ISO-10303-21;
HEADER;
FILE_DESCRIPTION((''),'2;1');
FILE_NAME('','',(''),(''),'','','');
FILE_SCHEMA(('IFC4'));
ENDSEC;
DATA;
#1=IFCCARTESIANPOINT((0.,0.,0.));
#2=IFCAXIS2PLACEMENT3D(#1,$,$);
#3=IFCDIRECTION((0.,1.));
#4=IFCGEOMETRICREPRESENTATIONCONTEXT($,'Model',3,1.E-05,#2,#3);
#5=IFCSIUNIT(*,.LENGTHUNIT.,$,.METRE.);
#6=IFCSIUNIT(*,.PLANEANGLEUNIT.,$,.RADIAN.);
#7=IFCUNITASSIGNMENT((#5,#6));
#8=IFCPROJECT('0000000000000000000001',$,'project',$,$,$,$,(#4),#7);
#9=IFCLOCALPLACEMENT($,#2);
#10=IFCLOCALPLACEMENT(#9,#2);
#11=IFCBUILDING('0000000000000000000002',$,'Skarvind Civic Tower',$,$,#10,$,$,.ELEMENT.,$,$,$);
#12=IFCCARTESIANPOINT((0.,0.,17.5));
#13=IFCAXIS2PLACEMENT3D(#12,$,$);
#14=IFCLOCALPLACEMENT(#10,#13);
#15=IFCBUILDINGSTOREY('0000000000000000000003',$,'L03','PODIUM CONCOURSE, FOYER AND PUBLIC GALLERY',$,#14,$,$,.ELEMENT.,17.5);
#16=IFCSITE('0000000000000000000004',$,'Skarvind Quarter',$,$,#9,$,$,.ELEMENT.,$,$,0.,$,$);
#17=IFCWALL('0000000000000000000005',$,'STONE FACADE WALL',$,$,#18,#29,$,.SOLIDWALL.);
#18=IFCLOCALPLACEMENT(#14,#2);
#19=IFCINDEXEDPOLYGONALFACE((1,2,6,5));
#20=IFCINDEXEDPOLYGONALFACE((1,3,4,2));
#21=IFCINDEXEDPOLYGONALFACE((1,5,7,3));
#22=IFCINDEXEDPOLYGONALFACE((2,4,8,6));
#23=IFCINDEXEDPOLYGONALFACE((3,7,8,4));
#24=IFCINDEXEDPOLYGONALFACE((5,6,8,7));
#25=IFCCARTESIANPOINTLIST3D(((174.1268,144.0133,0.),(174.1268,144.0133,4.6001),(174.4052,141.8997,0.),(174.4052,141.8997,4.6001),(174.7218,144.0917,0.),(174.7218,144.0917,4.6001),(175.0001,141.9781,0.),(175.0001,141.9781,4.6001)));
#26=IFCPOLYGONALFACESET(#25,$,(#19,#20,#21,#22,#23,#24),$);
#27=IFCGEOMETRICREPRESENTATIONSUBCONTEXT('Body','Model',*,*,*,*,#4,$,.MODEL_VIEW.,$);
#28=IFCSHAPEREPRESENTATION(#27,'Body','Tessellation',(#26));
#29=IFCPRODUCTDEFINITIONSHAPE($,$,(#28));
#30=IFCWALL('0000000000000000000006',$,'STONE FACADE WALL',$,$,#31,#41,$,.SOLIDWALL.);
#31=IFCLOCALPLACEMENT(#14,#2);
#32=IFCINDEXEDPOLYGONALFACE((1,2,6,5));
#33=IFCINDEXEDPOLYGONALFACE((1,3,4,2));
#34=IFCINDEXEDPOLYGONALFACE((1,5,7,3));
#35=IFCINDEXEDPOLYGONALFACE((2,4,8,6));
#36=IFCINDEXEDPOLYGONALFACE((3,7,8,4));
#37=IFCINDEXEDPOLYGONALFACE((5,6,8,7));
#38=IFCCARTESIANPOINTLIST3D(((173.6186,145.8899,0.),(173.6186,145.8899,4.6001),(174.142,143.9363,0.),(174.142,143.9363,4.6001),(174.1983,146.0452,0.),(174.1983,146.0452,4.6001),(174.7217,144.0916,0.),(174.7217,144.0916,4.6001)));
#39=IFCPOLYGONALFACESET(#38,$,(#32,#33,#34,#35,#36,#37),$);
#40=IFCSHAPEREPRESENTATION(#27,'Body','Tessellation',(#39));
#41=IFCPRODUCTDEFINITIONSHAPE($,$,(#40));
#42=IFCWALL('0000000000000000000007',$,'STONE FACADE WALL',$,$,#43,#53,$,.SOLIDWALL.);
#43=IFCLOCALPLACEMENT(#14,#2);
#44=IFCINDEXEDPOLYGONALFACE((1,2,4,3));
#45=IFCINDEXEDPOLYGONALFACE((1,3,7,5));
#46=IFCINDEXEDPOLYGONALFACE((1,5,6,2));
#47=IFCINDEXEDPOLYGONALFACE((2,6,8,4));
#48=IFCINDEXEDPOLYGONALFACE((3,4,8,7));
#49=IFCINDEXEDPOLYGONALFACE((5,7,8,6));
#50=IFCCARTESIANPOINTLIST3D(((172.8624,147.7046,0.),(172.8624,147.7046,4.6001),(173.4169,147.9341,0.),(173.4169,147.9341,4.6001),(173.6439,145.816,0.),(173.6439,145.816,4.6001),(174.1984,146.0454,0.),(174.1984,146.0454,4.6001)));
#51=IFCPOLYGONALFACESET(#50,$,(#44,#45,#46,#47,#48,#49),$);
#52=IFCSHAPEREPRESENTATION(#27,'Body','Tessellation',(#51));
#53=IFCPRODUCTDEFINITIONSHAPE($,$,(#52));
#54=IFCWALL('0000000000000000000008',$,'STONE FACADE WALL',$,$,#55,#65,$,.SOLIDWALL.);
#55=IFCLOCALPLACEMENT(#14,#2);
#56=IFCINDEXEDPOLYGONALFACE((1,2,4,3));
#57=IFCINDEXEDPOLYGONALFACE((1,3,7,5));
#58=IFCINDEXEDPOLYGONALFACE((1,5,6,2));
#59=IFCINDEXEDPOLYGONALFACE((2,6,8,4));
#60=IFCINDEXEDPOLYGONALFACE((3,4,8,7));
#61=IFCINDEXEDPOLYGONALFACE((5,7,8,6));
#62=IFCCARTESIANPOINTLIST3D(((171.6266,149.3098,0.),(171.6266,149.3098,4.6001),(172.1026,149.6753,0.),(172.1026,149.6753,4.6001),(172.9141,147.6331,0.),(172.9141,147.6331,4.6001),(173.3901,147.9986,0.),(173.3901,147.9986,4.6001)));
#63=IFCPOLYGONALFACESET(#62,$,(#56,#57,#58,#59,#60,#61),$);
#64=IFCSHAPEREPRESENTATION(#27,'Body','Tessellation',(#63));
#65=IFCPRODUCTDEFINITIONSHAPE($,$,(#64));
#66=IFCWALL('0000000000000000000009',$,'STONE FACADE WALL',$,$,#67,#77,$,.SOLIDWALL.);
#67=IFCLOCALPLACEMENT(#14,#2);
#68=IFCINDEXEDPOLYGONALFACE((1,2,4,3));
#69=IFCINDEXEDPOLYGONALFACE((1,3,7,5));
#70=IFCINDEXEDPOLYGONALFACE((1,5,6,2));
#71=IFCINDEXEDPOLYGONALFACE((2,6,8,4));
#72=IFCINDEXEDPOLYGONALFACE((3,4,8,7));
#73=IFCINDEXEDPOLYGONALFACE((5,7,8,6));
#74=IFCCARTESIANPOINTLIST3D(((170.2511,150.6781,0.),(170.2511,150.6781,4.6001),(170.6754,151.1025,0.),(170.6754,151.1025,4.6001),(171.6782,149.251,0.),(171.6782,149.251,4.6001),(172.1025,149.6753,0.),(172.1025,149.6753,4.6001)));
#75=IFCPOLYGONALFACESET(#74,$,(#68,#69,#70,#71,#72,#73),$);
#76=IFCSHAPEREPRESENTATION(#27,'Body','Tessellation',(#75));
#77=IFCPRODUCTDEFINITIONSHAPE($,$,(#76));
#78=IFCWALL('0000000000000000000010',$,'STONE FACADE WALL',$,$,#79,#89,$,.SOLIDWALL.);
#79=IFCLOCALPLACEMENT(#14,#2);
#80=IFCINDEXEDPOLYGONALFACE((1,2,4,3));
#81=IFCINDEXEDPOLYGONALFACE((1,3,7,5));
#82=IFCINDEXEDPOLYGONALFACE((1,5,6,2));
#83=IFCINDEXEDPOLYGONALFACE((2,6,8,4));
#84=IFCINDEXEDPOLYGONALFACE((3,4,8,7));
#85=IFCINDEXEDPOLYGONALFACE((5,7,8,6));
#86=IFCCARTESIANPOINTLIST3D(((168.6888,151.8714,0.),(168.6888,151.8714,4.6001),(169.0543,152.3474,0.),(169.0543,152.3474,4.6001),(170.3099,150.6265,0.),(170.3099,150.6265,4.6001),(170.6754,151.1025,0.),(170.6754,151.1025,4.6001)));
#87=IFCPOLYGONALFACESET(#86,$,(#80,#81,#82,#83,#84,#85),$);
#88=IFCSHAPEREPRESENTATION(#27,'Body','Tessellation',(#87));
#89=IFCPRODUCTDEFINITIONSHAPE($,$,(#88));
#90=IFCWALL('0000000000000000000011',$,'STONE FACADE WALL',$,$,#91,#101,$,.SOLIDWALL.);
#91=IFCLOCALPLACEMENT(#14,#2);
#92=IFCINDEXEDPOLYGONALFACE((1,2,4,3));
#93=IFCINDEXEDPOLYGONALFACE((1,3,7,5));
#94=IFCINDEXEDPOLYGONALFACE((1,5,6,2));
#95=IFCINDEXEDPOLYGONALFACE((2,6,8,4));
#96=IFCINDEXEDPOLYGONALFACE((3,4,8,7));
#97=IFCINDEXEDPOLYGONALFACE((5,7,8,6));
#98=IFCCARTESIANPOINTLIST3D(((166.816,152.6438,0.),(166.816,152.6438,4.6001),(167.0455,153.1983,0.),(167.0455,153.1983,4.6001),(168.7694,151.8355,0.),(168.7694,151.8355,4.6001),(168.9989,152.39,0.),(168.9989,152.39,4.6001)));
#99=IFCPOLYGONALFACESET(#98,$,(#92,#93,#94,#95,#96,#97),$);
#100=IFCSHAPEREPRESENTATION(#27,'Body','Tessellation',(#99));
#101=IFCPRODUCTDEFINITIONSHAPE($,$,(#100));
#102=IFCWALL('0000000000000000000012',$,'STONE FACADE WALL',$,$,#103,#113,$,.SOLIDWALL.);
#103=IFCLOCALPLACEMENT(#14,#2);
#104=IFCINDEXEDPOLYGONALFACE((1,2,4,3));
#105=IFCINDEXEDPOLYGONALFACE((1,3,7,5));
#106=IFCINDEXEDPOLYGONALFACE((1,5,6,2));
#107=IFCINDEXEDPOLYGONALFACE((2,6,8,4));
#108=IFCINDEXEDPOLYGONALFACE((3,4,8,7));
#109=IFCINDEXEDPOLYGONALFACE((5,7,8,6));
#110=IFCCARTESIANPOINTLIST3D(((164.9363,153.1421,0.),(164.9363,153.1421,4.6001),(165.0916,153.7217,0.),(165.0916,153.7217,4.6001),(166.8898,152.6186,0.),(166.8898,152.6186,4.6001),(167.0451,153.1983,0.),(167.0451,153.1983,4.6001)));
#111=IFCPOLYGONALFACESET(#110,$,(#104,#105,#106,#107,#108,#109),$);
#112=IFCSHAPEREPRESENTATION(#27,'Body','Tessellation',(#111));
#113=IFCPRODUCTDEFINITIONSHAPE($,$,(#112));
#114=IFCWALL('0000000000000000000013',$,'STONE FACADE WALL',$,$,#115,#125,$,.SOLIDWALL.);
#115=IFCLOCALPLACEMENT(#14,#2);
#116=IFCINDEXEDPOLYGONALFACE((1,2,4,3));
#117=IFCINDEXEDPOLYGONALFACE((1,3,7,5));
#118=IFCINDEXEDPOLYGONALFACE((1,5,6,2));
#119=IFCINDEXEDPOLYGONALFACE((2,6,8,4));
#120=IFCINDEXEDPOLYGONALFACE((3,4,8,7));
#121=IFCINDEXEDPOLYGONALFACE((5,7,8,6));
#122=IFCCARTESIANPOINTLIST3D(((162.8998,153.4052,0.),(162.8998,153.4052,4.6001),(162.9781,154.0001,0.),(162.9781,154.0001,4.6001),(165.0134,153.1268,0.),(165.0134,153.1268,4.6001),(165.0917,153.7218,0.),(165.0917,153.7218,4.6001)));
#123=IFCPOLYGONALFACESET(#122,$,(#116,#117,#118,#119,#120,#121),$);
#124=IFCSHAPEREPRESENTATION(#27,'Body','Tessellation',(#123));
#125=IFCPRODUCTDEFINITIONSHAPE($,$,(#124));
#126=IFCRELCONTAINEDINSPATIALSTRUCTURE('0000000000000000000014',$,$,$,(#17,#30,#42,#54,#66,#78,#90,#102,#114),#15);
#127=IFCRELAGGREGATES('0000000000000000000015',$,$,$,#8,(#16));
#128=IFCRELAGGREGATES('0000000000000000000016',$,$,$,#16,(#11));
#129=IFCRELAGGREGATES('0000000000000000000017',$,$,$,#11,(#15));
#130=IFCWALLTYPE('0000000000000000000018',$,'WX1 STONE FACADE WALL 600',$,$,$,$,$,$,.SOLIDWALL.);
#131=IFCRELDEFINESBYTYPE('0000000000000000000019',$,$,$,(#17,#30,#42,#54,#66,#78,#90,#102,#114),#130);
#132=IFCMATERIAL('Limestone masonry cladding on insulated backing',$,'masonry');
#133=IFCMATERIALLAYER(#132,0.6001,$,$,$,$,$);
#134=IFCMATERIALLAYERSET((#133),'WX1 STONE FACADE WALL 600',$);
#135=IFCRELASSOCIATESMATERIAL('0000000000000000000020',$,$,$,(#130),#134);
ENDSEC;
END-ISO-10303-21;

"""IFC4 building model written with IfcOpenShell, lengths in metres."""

from ifc_helpers import new_model, si_unit, direction, frame, frame_2d, origin, place, context, subcontext, project, spatial, rectangle, extrude, material, layer, layer_set, type_object, element, save


model = new_model("IFC4")

# Units and contexts
model_context = context("Model", 3, precision=1e-05, world=origin(), true_north=direction((0.0, 1.0)))
body_context = subcontext(model_context, "Body", "Model", "MODEL_VIEW")
ifc_project = project(units=[si_unit("LENGTHUNIT", "METRE"), si_unit("PLANEANGLEUNIT", "RADIAN")], contexts=[model_context])

# Site, building, storey
site_placement = place(None, origin())
site = spatial("IfcSite", under=ifc_project, at=site_placement, Name="Skarvind Quarter", CompositionType="ELEMENT", RefElevation=0.0)
building_placement = place(site_placement, origin())
building = spatial("IfcBuilding", under=site, at=building_placement, Name="Skarvind Civic Tower", CompositionType="ELEMENT")
storey_placement = place(building_placement, frame((0.0, 0.0, 17.5)))
storey = spatial("IfcBuildingStorey", under=building, at=storey_placement, Name="L03", Description="PODIUM CONCOURSE, FOYER AND PUBLIC GALLERY", CompositionType="ELEMENT", Elevation=17.5)

# Walls
ifc_material_1 = material(Name="Limestone masonry cladding on insulated backing", Category="masonry")
ifc_layer_1 = layer(ifc_material_1, 0.6001)
ifc_layer_set_1 = layer_set([ifc_layer_1], Name="WX1 STONE FACADE WALL 600")
wall_type_1 = type_object("IfcWallType", Name="WX1 STONE FACADE WALL 600", PredefinedType="SOLIDWALL", material=ifc_layer_set_1)
wall_1_placement = place(storey_placement, frame((174.4243, 144.0525, 0.0), z_axis=(0.0, 0.0, 1.0), x_axis=(0.130558, -0.991441, 0.0)))
element("IfcWall", 1, at=wall_1_placement, inside=storey, type_object=wall_type_1, Name="STONE FACADE WALL", PredefinedType="SOLIDWALL", context=body_context, shape_type="SweptSolid", body=[
    extrude(rectangle(XDim=2.1318, YDim=0.6001, at=frame_2d((1.0659, 0.0))), origin(), (0.0, 0.0, 1.0), 4.6001),
])
wall_2_placement = place(storey_placement, frame((173.9084, 145.9675, 0.0), z_axis=(0.0, 0.0, 1.0), x_axis=(0.258804, -0.96593, 0.0)))
element("IfcWall", 2, at=wall_2_placement, inside=storey, type_object=wall_type_1, Name="STONE FACADE WALL", PredefinedType="SOLIDWALL", context=body_context, shape_type="SweptSolid", body=[
    extrude(rectangle(XDim=2.0225, YDim=0.6001, at=frame_2d((1.0112, 0.0))), origin(), (0.0, 0.0, 1.0), 4.6001),
])
wall_3_placement = place(storey_placement, frame((173.1396, 147.8193, 0.0), z_axis=(0.0, 0.0, 1.0), x_axis=(0.382341, -0.924021, 0.0)))
element("IfcWall", 3, at=wall_3_placement, inside=storey, type_object=wall_type_1, Name="STONE FACADE WALL", PredefinedType="SOLIDWALL", context=body_context, shape_type="SweptSolid", body=[
    extrude(rectangle(XDim=2.0439, YDim=0.6001, at=frame_2d((1.022, 0.0))), origin(), (0.0, 0.0, 1.0), 4.6001),
])
wall_4_placement = place(storey_placement, frame((171.8645, 149.4927, 0.0), z_axis=(0.0, 0.0, 1.0), x_axis=(0.609052, -0.79313, 0.0)))
element("IfcWall", 4, at=wall_4_placement, inside=storey, type_object=wall_type_1, Name="STONE FACADE WALL", PredefinedType="SOLIDWALL", context=body_context, shape_type="SweptSolid", body=[
    extrude(rectangle(XDim=2.114, YDim=0.6001, at=frame_2d((1.0571, 0.0))), origin(), (0.0, 0.0, 1.0), 4.6001),
])
wall_5_placement = place(storey_placement, frame((170.4631, 150.8904, 0.0), z_axis=(0.0, 0.0, 1.0), x_axis=(0.707107, -0.707107, 0.0)))
element("IfcWall", 5, at=wall_5_placement, inside=storey, type_object=wall_type_1, Name="STONE FACADE WALL", PredefinedType="SOLIDWALL", context=body_context, shape_type="SweptSolid", body=[
    extrude(rectangle(XDim=2.0183, YDim=0.6001, at=frame_2d((1.0093, 0.0))), origin(), (0.0, 0.0, 1.0), 4.6001),
])
wall_6_placement = place(storey_placement, frame((168.8716, 152.1094, 0.0), z_axis=(0.0, 0.0, 1.0), x_axis=(0.793125, -0.609058, 0.0)))
element("IfcWall", 6, at=wall_6_placement, inside=storey, type_object=wall_type_1, Name="STONE FACADE WALL", PredefinedType="SOLIDWALL", context=body_context, shape_type="SweptSolid", body=[
    extrude(rectangle(XDim=2.0439, YDim=0.6001, at=frame_2d((1.022, 0.0))), origin(), (0.0, 0.0, 1.0), 4.6001),
])
wall_7_placement = place(storey_placement, frame((166.9307, 152.9211, 0.0), z_axis=(0.0, 0.0, 1.0), x_axis=(0.924007, -0.382376, 0.0)))
element("IfcWall", 7, at=wall_7_placement, inside=storey, type_object=wall_type_1, Name="STONE FACADE WALL", PredefinedType="SOLIDWALL", context=body_context, shape_type="SweptSolid", body=[
    extrude(rectangle(XDim=2.114, YDim=0.6001, at=frame_2d((1.0571, 0.0))), origin(), (0.0, 0.0, 1.0), 4.6001),
])
wall_8_placement = place(storey_placement, frame((165.0139, 153.4319, 0.0), z_axis=(0.0, 0.0, 1.0), x_axis=(0.96593, -0.258804, 0.0)))
element("IfcWall", 8, at=wall_8_placement, inside=storey, type_object=wall_type_1, Name="STONE FACADE WALL", PredefinedType="SOLIDWALL", context=body_context, shape_type="SweptSolid", body=[
    extrude(rectangle(XDim=2.0225, YDim=0.6001, at=frame_2d((1.0112, 0.0))), origin(), (0.0, 0.0, 1.0), 4.6001),
])
wall_9_placement = place(storey_placement, frame((162.939, 153.7026, 0.0), z_axis=(0.0, 0.0, 1.0), x_axis=(0.991441, -0.130558, 0.0)))
element("IfcWall", 9, at=wall_9_placement, inside=storey, type_object=wall_type_1, Name="STONE FACADE WALL", PredefinedType="SOLIDWALL", context=body_context, shape_type="SweptSolid", body=[
    extrude(rectangle(XDim=2.1318, YDim=0.6001, at=frame_2d((1.0659, 0.0))), origin(), (0.0, 0.0, 1.0), 4.6001),
])

save(model, "model.ifc")
